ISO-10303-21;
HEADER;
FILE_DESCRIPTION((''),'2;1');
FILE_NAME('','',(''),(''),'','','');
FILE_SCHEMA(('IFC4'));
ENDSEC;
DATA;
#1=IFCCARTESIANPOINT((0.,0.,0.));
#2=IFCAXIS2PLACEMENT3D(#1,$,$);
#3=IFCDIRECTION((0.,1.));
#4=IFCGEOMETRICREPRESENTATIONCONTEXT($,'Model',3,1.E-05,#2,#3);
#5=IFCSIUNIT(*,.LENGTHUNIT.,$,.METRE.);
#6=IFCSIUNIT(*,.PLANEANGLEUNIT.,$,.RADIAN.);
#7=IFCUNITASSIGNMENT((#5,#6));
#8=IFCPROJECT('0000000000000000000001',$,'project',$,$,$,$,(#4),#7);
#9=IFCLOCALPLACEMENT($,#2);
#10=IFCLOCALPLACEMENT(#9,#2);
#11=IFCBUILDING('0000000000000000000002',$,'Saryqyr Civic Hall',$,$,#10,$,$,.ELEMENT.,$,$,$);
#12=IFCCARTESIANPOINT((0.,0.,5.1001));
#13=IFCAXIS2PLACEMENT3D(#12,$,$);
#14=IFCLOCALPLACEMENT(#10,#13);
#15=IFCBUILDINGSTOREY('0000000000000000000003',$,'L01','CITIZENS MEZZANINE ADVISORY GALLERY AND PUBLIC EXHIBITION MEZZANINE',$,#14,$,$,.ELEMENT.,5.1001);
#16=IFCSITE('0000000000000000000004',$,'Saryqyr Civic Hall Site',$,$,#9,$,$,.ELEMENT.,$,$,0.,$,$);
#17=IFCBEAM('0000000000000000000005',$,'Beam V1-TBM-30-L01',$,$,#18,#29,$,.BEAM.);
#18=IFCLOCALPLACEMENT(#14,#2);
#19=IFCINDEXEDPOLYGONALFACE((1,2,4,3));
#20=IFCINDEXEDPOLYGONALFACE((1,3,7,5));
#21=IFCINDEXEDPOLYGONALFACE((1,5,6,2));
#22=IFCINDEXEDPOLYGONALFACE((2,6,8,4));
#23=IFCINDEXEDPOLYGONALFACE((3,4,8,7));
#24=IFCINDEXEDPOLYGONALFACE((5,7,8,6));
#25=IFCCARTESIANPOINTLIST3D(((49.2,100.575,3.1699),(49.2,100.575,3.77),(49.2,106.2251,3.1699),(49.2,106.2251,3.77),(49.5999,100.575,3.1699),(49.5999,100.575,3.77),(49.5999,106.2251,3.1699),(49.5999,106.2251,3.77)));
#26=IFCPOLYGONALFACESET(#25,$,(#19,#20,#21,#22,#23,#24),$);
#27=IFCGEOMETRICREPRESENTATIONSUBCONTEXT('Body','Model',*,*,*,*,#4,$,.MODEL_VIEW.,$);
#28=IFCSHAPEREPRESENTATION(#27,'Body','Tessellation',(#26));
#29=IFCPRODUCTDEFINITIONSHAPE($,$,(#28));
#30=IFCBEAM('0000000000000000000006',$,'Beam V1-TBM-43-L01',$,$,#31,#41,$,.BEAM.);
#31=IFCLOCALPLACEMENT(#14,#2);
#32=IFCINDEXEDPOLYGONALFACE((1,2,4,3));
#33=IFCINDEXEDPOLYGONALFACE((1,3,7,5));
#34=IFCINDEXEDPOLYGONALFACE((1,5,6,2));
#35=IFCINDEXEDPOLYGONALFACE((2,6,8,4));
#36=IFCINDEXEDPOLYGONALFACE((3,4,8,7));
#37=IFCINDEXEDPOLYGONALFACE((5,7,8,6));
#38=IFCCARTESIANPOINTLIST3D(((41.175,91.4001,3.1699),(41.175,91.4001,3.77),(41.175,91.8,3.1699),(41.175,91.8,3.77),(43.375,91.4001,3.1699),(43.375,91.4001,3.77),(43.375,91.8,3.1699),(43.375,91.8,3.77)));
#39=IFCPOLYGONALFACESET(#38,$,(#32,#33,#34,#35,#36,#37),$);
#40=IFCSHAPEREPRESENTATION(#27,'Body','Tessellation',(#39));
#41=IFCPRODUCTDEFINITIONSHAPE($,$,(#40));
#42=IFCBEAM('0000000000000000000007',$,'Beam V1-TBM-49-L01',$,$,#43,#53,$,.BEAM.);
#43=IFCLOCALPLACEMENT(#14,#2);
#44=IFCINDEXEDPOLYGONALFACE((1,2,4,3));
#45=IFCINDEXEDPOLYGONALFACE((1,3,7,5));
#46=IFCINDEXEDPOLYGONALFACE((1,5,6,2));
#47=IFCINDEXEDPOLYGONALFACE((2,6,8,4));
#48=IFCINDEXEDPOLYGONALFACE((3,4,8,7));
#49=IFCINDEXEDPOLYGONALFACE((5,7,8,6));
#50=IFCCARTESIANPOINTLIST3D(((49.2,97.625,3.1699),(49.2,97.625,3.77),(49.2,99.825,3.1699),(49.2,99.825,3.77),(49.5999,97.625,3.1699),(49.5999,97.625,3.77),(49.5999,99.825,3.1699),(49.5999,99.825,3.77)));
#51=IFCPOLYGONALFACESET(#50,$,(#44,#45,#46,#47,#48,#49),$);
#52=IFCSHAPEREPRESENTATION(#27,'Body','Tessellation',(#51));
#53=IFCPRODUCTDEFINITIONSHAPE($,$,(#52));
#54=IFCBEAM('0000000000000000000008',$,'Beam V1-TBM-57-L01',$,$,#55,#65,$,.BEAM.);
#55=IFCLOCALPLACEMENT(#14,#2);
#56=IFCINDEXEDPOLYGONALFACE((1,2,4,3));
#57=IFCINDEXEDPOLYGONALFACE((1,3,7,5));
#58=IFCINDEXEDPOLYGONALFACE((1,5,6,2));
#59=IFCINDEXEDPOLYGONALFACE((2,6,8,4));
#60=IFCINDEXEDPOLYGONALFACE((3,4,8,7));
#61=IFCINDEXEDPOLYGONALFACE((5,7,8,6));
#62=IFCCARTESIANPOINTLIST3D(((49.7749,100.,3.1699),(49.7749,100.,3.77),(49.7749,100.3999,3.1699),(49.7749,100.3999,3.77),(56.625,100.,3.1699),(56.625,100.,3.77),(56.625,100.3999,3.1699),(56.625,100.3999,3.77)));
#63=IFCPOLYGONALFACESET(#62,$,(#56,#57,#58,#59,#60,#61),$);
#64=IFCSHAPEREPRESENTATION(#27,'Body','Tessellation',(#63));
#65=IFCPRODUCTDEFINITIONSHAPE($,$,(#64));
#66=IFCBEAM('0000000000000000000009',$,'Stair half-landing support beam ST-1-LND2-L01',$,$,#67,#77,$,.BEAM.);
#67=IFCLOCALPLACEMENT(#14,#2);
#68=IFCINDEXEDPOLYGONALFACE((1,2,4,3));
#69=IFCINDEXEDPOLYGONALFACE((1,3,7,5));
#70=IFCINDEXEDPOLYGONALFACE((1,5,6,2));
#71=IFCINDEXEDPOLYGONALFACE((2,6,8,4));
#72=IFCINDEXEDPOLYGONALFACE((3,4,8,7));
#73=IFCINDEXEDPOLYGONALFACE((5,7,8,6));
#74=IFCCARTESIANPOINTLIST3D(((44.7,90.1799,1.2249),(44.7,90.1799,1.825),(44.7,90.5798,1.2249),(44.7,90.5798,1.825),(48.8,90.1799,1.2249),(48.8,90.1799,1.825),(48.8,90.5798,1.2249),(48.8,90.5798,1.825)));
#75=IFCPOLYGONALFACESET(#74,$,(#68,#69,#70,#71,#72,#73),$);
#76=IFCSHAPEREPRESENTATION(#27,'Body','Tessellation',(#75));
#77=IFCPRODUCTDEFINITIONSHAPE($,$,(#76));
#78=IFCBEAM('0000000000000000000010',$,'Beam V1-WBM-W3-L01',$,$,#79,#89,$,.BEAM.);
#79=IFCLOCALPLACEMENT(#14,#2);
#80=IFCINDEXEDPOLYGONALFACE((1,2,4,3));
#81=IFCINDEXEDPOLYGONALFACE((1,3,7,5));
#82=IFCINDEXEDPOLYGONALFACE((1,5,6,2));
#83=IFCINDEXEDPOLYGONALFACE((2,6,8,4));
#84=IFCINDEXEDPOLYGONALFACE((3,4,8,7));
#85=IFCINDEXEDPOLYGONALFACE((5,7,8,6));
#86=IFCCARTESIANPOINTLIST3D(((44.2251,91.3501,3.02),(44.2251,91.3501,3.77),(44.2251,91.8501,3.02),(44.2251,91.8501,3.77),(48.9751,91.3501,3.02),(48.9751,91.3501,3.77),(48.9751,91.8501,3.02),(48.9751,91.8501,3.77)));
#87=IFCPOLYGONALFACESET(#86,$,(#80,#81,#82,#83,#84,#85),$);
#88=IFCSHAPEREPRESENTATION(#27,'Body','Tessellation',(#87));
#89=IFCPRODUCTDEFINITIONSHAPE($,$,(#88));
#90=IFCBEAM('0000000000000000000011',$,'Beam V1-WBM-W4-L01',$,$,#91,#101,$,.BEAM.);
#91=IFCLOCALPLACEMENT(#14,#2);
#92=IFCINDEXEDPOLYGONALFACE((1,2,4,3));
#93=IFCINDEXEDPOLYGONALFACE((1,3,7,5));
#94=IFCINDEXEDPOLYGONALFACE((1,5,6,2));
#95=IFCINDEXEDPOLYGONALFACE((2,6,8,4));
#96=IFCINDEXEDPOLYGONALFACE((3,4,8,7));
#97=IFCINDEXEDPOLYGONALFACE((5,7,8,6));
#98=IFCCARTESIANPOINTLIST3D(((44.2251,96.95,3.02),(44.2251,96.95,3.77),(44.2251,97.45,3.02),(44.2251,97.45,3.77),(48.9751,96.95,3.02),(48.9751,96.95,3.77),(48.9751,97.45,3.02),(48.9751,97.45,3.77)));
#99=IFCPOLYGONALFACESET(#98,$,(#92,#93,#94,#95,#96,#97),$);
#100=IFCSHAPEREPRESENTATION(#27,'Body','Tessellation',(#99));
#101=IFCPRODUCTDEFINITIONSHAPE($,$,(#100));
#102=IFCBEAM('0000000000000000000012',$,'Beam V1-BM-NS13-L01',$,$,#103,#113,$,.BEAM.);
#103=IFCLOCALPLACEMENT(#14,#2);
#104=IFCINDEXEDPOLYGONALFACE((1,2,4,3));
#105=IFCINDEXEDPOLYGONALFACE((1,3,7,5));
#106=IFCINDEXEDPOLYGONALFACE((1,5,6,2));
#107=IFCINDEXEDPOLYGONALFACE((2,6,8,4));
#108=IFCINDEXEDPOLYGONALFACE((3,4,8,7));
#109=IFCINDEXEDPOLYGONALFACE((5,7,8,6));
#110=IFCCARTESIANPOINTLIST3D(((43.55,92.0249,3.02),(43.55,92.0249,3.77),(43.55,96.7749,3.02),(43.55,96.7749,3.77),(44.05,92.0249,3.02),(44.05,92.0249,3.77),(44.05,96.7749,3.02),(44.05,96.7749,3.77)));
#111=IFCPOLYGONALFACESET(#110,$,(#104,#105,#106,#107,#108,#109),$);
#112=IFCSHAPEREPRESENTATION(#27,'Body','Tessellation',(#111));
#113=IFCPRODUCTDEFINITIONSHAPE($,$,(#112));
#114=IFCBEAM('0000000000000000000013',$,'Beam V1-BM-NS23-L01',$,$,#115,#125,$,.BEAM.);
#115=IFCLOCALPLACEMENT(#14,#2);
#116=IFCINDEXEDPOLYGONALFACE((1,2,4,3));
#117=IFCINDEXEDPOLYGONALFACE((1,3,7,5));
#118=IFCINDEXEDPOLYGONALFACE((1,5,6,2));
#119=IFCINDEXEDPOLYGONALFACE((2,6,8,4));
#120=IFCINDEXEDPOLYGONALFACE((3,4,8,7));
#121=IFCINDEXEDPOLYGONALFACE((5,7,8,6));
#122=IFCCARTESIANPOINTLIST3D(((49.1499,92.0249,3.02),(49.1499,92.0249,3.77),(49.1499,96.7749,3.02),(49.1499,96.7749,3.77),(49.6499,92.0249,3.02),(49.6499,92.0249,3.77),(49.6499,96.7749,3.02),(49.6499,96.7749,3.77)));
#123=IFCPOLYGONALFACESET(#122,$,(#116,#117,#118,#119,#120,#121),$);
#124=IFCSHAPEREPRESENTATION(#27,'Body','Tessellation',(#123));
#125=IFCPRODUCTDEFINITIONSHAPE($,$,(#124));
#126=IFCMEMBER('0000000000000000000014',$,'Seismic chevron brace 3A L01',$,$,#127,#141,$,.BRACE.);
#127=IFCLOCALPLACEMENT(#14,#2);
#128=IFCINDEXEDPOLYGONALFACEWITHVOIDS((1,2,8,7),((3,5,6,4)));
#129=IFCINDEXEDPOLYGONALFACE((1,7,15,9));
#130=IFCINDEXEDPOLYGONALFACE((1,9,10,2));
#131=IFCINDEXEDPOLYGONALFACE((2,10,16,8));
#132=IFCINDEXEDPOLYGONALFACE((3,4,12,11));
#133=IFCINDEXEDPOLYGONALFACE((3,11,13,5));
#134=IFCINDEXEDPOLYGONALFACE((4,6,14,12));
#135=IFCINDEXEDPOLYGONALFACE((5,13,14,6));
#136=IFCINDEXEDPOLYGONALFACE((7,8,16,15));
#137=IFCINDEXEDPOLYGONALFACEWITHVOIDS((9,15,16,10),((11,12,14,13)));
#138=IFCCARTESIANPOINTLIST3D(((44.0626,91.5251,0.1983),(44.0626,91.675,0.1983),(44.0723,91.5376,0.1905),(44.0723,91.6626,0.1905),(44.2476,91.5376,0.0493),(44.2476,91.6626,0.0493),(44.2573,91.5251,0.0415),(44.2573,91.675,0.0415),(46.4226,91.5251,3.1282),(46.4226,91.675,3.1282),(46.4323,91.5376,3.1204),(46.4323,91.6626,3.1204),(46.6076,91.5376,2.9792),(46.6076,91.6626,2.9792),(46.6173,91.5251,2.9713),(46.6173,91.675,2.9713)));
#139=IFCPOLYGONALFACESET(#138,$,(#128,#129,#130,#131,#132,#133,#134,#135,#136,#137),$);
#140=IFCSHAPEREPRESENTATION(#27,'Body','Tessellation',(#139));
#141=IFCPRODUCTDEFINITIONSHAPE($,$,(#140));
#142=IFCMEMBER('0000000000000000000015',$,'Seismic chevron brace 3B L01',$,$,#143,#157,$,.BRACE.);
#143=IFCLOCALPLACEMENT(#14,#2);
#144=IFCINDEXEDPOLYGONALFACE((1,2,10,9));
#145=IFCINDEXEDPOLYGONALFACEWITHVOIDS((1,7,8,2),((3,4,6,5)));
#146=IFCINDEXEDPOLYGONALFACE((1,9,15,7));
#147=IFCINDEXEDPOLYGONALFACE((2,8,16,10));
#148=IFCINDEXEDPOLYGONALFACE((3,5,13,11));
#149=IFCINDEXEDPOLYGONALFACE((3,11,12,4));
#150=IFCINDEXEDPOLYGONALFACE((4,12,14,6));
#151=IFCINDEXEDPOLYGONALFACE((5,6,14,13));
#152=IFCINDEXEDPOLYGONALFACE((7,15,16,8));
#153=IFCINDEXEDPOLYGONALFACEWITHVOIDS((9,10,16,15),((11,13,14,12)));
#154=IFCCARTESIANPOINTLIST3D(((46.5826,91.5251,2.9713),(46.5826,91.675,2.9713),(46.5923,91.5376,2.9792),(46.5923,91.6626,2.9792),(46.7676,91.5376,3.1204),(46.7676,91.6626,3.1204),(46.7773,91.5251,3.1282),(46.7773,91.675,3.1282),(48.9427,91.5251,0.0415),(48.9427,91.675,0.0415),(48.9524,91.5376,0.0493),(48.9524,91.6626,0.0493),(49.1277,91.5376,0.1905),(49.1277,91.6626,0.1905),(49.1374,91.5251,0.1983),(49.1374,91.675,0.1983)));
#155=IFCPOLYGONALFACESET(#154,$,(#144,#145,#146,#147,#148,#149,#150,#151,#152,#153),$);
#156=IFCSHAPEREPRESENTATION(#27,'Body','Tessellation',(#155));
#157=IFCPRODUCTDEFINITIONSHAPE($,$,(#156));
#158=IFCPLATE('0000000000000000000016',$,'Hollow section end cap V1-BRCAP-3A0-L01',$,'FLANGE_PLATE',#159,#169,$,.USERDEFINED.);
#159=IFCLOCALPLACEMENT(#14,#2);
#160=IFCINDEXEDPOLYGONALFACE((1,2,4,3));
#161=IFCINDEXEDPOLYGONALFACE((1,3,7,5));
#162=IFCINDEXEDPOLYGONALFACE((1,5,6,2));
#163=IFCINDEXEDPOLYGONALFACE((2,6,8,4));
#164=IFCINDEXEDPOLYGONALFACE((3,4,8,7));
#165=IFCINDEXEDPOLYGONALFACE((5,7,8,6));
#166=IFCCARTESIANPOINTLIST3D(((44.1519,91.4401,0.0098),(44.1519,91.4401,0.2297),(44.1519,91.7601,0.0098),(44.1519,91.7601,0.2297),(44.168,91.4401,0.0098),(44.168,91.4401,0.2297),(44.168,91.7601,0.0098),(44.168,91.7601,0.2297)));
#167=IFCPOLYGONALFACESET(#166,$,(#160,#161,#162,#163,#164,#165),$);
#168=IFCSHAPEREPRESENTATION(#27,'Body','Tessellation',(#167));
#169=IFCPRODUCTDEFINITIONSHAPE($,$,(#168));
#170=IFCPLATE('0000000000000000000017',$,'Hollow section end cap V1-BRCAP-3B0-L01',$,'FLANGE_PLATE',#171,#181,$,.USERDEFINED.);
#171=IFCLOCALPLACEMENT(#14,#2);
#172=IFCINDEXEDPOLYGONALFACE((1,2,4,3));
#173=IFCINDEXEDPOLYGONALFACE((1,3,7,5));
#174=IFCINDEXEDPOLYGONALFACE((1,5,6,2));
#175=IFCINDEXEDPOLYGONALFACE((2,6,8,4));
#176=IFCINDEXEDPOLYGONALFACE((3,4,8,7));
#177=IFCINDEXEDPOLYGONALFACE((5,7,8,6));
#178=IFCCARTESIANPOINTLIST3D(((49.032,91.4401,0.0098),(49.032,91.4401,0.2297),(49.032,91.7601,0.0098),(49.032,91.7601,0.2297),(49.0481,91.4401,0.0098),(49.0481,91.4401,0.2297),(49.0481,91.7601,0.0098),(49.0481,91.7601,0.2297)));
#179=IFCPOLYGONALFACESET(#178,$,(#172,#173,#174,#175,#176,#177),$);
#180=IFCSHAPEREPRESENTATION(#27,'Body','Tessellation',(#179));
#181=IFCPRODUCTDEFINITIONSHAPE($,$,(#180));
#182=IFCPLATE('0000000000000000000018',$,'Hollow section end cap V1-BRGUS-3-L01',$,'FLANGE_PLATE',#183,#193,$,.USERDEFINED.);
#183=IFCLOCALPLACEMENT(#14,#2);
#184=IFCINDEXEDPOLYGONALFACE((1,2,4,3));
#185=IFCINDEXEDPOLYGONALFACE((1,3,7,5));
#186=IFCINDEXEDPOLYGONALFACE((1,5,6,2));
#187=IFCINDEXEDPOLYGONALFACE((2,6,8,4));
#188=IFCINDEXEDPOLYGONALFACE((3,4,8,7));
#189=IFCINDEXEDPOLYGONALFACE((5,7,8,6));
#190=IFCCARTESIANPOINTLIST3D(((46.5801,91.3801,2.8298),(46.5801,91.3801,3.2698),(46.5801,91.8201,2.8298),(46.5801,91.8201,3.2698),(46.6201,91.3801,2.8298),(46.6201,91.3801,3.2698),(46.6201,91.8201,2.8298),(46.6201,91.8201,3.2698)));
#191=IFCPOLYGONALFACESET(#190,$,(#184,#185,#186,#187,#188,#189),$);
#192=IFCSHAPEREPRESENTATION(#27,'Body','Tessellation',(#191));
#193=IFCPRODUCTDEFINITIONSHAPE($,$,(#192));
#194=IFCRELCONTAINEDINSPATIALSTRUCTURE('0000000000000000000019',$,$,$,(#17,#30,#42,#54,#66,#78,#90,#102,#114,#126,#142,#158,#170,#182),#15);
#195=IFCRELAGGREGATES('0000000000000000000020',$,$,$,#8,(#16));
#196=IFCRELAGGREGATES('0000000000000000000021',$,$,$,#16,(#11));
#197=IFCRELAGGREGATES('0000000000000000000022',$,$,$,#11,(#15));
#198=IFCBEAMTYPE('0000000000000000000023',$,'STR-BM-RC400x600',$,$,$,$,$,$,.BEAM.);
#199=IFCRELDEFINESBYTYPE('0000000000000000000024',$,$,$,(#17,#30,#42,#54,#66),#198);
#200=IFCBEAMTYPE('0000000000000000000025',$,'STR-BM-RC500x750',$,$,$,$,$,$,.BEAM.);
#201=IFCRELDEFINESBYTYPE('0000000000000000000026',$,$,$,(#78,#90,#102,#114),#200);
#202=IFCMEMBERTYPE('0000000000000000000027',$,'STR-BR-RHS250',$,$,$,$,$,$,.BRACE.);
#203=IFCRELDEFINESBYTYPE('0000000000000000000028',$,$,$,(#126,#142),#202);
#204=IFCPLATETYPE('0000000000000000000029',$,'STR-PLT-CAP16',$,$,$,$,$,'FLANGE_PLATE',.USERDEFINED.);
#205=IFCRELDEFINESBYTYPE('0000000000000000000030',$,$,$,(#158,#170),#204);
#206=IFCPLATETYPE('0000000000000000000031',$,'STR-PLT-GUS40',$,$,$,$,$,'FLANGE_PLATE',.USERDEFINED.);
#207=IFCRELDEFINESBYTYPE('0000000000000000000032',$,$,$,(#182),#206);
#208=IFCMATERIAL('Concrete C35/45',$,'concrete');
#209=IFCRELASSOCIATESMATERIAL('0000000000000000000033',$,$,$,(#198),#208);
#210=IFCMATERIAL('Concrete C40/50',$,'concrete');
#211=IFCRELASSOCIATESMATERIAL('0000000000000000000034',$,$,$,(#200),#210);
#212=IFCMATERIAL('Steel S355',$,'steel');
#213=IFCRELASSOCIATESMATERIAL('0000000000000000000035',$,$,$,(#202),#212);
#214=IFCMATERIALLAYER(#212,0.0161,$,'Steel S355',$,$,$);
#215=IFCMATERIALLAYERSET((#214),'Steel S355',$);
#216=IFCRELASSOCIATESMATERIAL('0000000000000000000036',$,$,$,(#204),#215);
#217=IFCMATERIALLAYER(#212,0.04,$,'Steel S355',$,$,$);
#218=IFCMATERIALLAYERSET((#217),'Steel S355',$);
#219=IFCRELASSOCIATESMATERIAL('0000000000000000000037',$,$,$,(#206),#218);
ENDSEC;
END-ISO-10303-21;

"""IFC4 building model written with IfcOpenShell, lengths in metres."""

from ifc_helpers import new_model, si_unit, direction, frame, origin, origin_2d, place, context, subcontext, project, spatial, rectangle, hollow_rectangle, extrude, material, layer, layer_set, material_profile, profile_set, type_object, element, save


model = new_model("IFC4")

# Units and contexts
model_context = context("Model", 3, precision=1e-05, world=origin(), true_north=direction((0.0, 1.0)))
body_context = subcontext(model_context, "Body", "Model", "MODEL_VIEW")
ifc_project = project(units=[si_unit("LENGTHUNIT", "METRE"), si_unit("PLANEANGLEUNIT", "RADIAN")], contexts=[model_context])

# Site, building, storey
site_placement = place(None, origin())
site = spatial("IfcSite", under=ifc_project, at=site_placement, Name="Saryqyr Civic Hall Site", CompositionType="ELEMENT", RefElevation=0.0)
building_placement = place(site_placement, origin())
building = spatial("IfcBuilding", under=site, at=building_placement, Name="Saryqyr Civic Hall", CompositionType="ELEMENT")
storey_placement = place(building_placement, frame((0.0, 0.0, 5.1001)))
storey = spatial("IfcBuildingStorey", under=building, at=storey_placement, Name="L01", Description="CITIZENS MEZZANINE ADVISORY GALLERY AND PUBLIC EXHIBITION MEZZANINE", CompositionType="ELEMENT", Elevation=5.1001)

# Shared definitions
ifc_material_1 = material(Name="Concrete C40/50", Category="concrete")

# Beams
ifc_material_2 = material(Name="Steel S355", Category="steel")
ifc_material_3 = material(Name="Concrete C35/45", Category="concrete")
ifc_material_profile_1 = material_profile(ifc_material_3, rectangle(XDim=0.3999, YDim=0.6001, at=origin_2d()), Name="RC 400x600")
ifc_profile_set_1 = profile_set([ifc_material_profile_1], Name="Concrete C35/45")
beam_type_1 = type_object("IfcBeamType", Name="STR-BM-RC400x600", PredefinedType="BEAM", material=ifc_profile_set_1)
for number, where, z_axis, x_axis, name in (
    (1, (49.3999, 100.575, 3.47), (0.0, 1.0, 0.0), (-1.0, 0.0, 0.0), "Beam V1-TBM-30-L01"),
):
    element("IfcBeam", number, at=place(storey_placement, frame(where, z_axis=z_axis, x_axis=x_axis)), inside=storey, type_object=beam_type_1, Name=name, PredefinedType="BEAM", context=body_context, shape_type="SweptSolid", body=[
        extrude(rectangle(XDim=0.3999, YDim=0.6001, at=origin_2d()), origin(), (0.0, 0.0, 1.0), 5.6501),
    ])
for number, where, z_axis, x_axis, name in (
    (2, (41.175, 91.6001, 3.47), (1.0, 0.0, 0.0), (0.0, 1.0, 0.0), "Beam V1-TBM-43-L01"),
    (3, (49.3999, 97.625, 3.47), (0.0, 1.0, 0.0), (-1.0, 0.0, 0.0), "Beam V1-TBM-49-L01"),
):
    element("IfcBeam", number, at=place(storey_placement, frame(where, z_axis=z_axis, x_axis=x_axis)), inside=storey, type_object=beam_type_1, Name=name, PredefinedType="BEAM", context=body_context, shape_type="SweptSolid", body=[
        extrude(rectangle(XDim=0.3999, YDim=0.6001, at=origin_2d()), origin(), (0.0, 0.0, 1.0), 2.2),
    ])
beam_1_placement = place(storey_placement, frame((49.7749, 100.2, 3.47), z_axis=(1.0, 0.0, 0.0), x_axis=(0.0, 1.0, 0.0)))
element("IfcBeam", 4, at=beam_1_placement, inside=storey, type_object=beam_type_1, Name="Beam V1-TBM-57-L01", PredefinedType="BEAM", context=body_context, shape_type="SweptSolid", body=[
    extrude(rectangle(XDim=0.3999, YDim=0.6001, at=origin_2d()), origin(), (0.0, 0.0, 1.0), 6.8501),
])
beam_2_placement = place(storey_placement, frame((48.8, 90.3799, 1.5249), z_axis=(-1.0, 0.0, 0.0), x_axis=(0.0, -1.0, 0.0)))
element("IfcBeam", 5, at=beam_2_placement, inside=storey, type_object=beam_type_1, Name="Stair half-landing support beam ST-1-LND2-L01", PredefinedType="BEAM", context=body_context, shape_type="SweptSolid", body=[
    extrude(rectangle(XDim=0.3999, YDim=0.6001, at=origin_2d()), origin(), (0.0, 0.0, 1.0), 4.1001),
])
ifc_material_profile_2 = material_profile(ifc_material_1, rectangle(XDim=0.5, YDim=0.75, at=origin_2d()), Name="RC 500x750")
ifc_profile_set_2 = profile_set([ifc_material_profile_2], Name="Concrete C40/50")
beam_type_2 = type_object("IfcBeamType", Name="STR-BM-RC500x750", PredefinedType="BEAM", material=ifc_profile_set_2)
for number, where, z_axis, x_axis, name in (
    (6, (44.2251, 91.6001, 3.395), (1.0, 0.0, 0.0), (0.0, 1.0, 0.0), "Beam V1-WBM-W3-L01"),
    (7, (44.2251, 97.2, 3.395), (1.0, 0.0, 0.0), (0.0, 1.0, 0.0), "Beam V1-WBM-W4-L01"),
    (8, (43.8, 92.0249, 3.395), (0.0, 1.0, 0.0), (-1.0, 0.0, 0.0), "Beam V1-BM-NS13-L01"),
    (9, (49.3999, 92.0249, 3.395), (0.0, 1.0, 0.0), (-1.0, 0.0, 0.0), "Beam V1-BM-NS23-L01"),
):
    element("IfcBeam", number, at=place(storey_placement, frame(where, z_axis=z_axis, x_axis=x_axis)), inside=storey, type_object=beam_type_2, Name=name, PredefinedType="BEAM", context=body_context, shape_type="SweptSolid", body=[
        extrude(rectangle(XDim=0.5, YDim=0.75, at=origin_2d()), origin(), (0.0, 0.0, 1.0), 4.75),
    ])

# Members
ifc_material_profile_3 = material_profile(ifc_material_2, hollow_rectangle(XDim=0.1499, YDim=0.25, WallThickness=0.0125, at=origin_2d()), Name="RHS 250x150x12.5")
ifc_profile_set_3 = profile_set([ifc_material_profile_3], Name="Steel S355")
member_type = type_object("IfcMemberType", Name="STR-BR-RHS250", PredefinedType="BRACE", material=ifc_profile_set_3)
for number, where, z_axis, x_axis, name in (
    (10, (44.1599, 91.6001, 0.1199), (0.627311, 0.0, 0.778769), (0.0, 1.0, 0.0), "Seismic chevron brace 3A L01"),
    (11, (49.04, 91.6001, 0.1199), (-0.627311, 0.0, 0.778769), (0.0, -1.0, 0.0), "Seismic chevron brace 3B L01"),
):
    element("IfcMember", number, at=place(storey_placement, frame(where, z_axis=z_axis, x_axis=x_axis)), inside=storey, type_object=member_type, Name=name, PredefinedType="BRACE", context=body_context, shape_type="SweptSolid", body=[
        extrude(hollow_rectangle(XDim=0.1499, YDim=0.25, WallThickness=0.0125, at=origin_2d()), origin(), (0.0, 0.0, 1.0), 3.7622),
    ])

# Plates
ifc_layer_1 = layer(ifc_material_2, 0.0161, Name="Steel S355")
ifc_layer_set_1 = layer_set([ifc_layer_1], Name="Steel S355")
plate_type_1 = type_object("IfcPlateType", Name="STR-PLT-CAP16", ElementType="FLANGE_PLATE", PredefinedType="USERDEFINED", material=ifc_layer_set_1)
for number, where, z_axis, x_axis, name in (
    (12, (44.1599, 91.6001, 0.0098), (0.0, 0.0, 1.0), (1.0, 0.0, 0.0), "Hollow section end cap V1-BRCAP-3A0-L01"),
    (13, (49.04, 91.6001, 0.0098), (0.0, 0.0, 1.0), (1.0, 0.0, 0.0), "Hollow section end cap V1-BRCAP-3B0-L01"),
):
    element("IfcPlate", number, at=place(storey_placement, frame(where, z_axis=z_axis, x_axis=x_axis)), inside=storey, type_object=plate_type_1, Name=name, ObjectType="FLANGE_PLATE", PredefinedType="USERDEFINED", context=body_context, shape_type="SweptSolid", body=[
        extrude(rectangle(XDim=0.0161, YDim=0.3201, at=origin_2d()), origin(), (0.0, 0.0, 1.0), 0.22),
    ])
ifc_layer_2 = layer(ifc_material_2, 0.04, Name="Steel S355")
ifc_layer_set_2 = layer_set([ifc_layer_2], Name="Steel S355")
plate_type_2 = type_object("IfcPlateType", Name="STR-PLT-GUS40", ElementType="FLANGE_PLATE", PredefinedType="USERDEFINED", material=ifc_layer_set_2)
plate_placement = place(storey_placement, frame((46.6001, 91.6001, 2.8298), z_axis=(0.0, 0.0, 1.0), x_axis=(1.0, 0.0, 0.0)))
element("IfcPlate", 14, at=plate_placement, inside=storey, type_object=plate_type_2, Name="Hollow section end cap V1-BRGUS-3-L01", ObjectType="FLANGE_PLATE", PredefinedType="USERDEFINED", context=body_context, shape_type="SweptSolid", body=[
    extrude(rectangle(XDim=0.04, YDim=0.4399, at=origin_2d()), origin(), (0.0, 0.0, 1.0), 0.4399),
])

save(model, "model.ifc")
